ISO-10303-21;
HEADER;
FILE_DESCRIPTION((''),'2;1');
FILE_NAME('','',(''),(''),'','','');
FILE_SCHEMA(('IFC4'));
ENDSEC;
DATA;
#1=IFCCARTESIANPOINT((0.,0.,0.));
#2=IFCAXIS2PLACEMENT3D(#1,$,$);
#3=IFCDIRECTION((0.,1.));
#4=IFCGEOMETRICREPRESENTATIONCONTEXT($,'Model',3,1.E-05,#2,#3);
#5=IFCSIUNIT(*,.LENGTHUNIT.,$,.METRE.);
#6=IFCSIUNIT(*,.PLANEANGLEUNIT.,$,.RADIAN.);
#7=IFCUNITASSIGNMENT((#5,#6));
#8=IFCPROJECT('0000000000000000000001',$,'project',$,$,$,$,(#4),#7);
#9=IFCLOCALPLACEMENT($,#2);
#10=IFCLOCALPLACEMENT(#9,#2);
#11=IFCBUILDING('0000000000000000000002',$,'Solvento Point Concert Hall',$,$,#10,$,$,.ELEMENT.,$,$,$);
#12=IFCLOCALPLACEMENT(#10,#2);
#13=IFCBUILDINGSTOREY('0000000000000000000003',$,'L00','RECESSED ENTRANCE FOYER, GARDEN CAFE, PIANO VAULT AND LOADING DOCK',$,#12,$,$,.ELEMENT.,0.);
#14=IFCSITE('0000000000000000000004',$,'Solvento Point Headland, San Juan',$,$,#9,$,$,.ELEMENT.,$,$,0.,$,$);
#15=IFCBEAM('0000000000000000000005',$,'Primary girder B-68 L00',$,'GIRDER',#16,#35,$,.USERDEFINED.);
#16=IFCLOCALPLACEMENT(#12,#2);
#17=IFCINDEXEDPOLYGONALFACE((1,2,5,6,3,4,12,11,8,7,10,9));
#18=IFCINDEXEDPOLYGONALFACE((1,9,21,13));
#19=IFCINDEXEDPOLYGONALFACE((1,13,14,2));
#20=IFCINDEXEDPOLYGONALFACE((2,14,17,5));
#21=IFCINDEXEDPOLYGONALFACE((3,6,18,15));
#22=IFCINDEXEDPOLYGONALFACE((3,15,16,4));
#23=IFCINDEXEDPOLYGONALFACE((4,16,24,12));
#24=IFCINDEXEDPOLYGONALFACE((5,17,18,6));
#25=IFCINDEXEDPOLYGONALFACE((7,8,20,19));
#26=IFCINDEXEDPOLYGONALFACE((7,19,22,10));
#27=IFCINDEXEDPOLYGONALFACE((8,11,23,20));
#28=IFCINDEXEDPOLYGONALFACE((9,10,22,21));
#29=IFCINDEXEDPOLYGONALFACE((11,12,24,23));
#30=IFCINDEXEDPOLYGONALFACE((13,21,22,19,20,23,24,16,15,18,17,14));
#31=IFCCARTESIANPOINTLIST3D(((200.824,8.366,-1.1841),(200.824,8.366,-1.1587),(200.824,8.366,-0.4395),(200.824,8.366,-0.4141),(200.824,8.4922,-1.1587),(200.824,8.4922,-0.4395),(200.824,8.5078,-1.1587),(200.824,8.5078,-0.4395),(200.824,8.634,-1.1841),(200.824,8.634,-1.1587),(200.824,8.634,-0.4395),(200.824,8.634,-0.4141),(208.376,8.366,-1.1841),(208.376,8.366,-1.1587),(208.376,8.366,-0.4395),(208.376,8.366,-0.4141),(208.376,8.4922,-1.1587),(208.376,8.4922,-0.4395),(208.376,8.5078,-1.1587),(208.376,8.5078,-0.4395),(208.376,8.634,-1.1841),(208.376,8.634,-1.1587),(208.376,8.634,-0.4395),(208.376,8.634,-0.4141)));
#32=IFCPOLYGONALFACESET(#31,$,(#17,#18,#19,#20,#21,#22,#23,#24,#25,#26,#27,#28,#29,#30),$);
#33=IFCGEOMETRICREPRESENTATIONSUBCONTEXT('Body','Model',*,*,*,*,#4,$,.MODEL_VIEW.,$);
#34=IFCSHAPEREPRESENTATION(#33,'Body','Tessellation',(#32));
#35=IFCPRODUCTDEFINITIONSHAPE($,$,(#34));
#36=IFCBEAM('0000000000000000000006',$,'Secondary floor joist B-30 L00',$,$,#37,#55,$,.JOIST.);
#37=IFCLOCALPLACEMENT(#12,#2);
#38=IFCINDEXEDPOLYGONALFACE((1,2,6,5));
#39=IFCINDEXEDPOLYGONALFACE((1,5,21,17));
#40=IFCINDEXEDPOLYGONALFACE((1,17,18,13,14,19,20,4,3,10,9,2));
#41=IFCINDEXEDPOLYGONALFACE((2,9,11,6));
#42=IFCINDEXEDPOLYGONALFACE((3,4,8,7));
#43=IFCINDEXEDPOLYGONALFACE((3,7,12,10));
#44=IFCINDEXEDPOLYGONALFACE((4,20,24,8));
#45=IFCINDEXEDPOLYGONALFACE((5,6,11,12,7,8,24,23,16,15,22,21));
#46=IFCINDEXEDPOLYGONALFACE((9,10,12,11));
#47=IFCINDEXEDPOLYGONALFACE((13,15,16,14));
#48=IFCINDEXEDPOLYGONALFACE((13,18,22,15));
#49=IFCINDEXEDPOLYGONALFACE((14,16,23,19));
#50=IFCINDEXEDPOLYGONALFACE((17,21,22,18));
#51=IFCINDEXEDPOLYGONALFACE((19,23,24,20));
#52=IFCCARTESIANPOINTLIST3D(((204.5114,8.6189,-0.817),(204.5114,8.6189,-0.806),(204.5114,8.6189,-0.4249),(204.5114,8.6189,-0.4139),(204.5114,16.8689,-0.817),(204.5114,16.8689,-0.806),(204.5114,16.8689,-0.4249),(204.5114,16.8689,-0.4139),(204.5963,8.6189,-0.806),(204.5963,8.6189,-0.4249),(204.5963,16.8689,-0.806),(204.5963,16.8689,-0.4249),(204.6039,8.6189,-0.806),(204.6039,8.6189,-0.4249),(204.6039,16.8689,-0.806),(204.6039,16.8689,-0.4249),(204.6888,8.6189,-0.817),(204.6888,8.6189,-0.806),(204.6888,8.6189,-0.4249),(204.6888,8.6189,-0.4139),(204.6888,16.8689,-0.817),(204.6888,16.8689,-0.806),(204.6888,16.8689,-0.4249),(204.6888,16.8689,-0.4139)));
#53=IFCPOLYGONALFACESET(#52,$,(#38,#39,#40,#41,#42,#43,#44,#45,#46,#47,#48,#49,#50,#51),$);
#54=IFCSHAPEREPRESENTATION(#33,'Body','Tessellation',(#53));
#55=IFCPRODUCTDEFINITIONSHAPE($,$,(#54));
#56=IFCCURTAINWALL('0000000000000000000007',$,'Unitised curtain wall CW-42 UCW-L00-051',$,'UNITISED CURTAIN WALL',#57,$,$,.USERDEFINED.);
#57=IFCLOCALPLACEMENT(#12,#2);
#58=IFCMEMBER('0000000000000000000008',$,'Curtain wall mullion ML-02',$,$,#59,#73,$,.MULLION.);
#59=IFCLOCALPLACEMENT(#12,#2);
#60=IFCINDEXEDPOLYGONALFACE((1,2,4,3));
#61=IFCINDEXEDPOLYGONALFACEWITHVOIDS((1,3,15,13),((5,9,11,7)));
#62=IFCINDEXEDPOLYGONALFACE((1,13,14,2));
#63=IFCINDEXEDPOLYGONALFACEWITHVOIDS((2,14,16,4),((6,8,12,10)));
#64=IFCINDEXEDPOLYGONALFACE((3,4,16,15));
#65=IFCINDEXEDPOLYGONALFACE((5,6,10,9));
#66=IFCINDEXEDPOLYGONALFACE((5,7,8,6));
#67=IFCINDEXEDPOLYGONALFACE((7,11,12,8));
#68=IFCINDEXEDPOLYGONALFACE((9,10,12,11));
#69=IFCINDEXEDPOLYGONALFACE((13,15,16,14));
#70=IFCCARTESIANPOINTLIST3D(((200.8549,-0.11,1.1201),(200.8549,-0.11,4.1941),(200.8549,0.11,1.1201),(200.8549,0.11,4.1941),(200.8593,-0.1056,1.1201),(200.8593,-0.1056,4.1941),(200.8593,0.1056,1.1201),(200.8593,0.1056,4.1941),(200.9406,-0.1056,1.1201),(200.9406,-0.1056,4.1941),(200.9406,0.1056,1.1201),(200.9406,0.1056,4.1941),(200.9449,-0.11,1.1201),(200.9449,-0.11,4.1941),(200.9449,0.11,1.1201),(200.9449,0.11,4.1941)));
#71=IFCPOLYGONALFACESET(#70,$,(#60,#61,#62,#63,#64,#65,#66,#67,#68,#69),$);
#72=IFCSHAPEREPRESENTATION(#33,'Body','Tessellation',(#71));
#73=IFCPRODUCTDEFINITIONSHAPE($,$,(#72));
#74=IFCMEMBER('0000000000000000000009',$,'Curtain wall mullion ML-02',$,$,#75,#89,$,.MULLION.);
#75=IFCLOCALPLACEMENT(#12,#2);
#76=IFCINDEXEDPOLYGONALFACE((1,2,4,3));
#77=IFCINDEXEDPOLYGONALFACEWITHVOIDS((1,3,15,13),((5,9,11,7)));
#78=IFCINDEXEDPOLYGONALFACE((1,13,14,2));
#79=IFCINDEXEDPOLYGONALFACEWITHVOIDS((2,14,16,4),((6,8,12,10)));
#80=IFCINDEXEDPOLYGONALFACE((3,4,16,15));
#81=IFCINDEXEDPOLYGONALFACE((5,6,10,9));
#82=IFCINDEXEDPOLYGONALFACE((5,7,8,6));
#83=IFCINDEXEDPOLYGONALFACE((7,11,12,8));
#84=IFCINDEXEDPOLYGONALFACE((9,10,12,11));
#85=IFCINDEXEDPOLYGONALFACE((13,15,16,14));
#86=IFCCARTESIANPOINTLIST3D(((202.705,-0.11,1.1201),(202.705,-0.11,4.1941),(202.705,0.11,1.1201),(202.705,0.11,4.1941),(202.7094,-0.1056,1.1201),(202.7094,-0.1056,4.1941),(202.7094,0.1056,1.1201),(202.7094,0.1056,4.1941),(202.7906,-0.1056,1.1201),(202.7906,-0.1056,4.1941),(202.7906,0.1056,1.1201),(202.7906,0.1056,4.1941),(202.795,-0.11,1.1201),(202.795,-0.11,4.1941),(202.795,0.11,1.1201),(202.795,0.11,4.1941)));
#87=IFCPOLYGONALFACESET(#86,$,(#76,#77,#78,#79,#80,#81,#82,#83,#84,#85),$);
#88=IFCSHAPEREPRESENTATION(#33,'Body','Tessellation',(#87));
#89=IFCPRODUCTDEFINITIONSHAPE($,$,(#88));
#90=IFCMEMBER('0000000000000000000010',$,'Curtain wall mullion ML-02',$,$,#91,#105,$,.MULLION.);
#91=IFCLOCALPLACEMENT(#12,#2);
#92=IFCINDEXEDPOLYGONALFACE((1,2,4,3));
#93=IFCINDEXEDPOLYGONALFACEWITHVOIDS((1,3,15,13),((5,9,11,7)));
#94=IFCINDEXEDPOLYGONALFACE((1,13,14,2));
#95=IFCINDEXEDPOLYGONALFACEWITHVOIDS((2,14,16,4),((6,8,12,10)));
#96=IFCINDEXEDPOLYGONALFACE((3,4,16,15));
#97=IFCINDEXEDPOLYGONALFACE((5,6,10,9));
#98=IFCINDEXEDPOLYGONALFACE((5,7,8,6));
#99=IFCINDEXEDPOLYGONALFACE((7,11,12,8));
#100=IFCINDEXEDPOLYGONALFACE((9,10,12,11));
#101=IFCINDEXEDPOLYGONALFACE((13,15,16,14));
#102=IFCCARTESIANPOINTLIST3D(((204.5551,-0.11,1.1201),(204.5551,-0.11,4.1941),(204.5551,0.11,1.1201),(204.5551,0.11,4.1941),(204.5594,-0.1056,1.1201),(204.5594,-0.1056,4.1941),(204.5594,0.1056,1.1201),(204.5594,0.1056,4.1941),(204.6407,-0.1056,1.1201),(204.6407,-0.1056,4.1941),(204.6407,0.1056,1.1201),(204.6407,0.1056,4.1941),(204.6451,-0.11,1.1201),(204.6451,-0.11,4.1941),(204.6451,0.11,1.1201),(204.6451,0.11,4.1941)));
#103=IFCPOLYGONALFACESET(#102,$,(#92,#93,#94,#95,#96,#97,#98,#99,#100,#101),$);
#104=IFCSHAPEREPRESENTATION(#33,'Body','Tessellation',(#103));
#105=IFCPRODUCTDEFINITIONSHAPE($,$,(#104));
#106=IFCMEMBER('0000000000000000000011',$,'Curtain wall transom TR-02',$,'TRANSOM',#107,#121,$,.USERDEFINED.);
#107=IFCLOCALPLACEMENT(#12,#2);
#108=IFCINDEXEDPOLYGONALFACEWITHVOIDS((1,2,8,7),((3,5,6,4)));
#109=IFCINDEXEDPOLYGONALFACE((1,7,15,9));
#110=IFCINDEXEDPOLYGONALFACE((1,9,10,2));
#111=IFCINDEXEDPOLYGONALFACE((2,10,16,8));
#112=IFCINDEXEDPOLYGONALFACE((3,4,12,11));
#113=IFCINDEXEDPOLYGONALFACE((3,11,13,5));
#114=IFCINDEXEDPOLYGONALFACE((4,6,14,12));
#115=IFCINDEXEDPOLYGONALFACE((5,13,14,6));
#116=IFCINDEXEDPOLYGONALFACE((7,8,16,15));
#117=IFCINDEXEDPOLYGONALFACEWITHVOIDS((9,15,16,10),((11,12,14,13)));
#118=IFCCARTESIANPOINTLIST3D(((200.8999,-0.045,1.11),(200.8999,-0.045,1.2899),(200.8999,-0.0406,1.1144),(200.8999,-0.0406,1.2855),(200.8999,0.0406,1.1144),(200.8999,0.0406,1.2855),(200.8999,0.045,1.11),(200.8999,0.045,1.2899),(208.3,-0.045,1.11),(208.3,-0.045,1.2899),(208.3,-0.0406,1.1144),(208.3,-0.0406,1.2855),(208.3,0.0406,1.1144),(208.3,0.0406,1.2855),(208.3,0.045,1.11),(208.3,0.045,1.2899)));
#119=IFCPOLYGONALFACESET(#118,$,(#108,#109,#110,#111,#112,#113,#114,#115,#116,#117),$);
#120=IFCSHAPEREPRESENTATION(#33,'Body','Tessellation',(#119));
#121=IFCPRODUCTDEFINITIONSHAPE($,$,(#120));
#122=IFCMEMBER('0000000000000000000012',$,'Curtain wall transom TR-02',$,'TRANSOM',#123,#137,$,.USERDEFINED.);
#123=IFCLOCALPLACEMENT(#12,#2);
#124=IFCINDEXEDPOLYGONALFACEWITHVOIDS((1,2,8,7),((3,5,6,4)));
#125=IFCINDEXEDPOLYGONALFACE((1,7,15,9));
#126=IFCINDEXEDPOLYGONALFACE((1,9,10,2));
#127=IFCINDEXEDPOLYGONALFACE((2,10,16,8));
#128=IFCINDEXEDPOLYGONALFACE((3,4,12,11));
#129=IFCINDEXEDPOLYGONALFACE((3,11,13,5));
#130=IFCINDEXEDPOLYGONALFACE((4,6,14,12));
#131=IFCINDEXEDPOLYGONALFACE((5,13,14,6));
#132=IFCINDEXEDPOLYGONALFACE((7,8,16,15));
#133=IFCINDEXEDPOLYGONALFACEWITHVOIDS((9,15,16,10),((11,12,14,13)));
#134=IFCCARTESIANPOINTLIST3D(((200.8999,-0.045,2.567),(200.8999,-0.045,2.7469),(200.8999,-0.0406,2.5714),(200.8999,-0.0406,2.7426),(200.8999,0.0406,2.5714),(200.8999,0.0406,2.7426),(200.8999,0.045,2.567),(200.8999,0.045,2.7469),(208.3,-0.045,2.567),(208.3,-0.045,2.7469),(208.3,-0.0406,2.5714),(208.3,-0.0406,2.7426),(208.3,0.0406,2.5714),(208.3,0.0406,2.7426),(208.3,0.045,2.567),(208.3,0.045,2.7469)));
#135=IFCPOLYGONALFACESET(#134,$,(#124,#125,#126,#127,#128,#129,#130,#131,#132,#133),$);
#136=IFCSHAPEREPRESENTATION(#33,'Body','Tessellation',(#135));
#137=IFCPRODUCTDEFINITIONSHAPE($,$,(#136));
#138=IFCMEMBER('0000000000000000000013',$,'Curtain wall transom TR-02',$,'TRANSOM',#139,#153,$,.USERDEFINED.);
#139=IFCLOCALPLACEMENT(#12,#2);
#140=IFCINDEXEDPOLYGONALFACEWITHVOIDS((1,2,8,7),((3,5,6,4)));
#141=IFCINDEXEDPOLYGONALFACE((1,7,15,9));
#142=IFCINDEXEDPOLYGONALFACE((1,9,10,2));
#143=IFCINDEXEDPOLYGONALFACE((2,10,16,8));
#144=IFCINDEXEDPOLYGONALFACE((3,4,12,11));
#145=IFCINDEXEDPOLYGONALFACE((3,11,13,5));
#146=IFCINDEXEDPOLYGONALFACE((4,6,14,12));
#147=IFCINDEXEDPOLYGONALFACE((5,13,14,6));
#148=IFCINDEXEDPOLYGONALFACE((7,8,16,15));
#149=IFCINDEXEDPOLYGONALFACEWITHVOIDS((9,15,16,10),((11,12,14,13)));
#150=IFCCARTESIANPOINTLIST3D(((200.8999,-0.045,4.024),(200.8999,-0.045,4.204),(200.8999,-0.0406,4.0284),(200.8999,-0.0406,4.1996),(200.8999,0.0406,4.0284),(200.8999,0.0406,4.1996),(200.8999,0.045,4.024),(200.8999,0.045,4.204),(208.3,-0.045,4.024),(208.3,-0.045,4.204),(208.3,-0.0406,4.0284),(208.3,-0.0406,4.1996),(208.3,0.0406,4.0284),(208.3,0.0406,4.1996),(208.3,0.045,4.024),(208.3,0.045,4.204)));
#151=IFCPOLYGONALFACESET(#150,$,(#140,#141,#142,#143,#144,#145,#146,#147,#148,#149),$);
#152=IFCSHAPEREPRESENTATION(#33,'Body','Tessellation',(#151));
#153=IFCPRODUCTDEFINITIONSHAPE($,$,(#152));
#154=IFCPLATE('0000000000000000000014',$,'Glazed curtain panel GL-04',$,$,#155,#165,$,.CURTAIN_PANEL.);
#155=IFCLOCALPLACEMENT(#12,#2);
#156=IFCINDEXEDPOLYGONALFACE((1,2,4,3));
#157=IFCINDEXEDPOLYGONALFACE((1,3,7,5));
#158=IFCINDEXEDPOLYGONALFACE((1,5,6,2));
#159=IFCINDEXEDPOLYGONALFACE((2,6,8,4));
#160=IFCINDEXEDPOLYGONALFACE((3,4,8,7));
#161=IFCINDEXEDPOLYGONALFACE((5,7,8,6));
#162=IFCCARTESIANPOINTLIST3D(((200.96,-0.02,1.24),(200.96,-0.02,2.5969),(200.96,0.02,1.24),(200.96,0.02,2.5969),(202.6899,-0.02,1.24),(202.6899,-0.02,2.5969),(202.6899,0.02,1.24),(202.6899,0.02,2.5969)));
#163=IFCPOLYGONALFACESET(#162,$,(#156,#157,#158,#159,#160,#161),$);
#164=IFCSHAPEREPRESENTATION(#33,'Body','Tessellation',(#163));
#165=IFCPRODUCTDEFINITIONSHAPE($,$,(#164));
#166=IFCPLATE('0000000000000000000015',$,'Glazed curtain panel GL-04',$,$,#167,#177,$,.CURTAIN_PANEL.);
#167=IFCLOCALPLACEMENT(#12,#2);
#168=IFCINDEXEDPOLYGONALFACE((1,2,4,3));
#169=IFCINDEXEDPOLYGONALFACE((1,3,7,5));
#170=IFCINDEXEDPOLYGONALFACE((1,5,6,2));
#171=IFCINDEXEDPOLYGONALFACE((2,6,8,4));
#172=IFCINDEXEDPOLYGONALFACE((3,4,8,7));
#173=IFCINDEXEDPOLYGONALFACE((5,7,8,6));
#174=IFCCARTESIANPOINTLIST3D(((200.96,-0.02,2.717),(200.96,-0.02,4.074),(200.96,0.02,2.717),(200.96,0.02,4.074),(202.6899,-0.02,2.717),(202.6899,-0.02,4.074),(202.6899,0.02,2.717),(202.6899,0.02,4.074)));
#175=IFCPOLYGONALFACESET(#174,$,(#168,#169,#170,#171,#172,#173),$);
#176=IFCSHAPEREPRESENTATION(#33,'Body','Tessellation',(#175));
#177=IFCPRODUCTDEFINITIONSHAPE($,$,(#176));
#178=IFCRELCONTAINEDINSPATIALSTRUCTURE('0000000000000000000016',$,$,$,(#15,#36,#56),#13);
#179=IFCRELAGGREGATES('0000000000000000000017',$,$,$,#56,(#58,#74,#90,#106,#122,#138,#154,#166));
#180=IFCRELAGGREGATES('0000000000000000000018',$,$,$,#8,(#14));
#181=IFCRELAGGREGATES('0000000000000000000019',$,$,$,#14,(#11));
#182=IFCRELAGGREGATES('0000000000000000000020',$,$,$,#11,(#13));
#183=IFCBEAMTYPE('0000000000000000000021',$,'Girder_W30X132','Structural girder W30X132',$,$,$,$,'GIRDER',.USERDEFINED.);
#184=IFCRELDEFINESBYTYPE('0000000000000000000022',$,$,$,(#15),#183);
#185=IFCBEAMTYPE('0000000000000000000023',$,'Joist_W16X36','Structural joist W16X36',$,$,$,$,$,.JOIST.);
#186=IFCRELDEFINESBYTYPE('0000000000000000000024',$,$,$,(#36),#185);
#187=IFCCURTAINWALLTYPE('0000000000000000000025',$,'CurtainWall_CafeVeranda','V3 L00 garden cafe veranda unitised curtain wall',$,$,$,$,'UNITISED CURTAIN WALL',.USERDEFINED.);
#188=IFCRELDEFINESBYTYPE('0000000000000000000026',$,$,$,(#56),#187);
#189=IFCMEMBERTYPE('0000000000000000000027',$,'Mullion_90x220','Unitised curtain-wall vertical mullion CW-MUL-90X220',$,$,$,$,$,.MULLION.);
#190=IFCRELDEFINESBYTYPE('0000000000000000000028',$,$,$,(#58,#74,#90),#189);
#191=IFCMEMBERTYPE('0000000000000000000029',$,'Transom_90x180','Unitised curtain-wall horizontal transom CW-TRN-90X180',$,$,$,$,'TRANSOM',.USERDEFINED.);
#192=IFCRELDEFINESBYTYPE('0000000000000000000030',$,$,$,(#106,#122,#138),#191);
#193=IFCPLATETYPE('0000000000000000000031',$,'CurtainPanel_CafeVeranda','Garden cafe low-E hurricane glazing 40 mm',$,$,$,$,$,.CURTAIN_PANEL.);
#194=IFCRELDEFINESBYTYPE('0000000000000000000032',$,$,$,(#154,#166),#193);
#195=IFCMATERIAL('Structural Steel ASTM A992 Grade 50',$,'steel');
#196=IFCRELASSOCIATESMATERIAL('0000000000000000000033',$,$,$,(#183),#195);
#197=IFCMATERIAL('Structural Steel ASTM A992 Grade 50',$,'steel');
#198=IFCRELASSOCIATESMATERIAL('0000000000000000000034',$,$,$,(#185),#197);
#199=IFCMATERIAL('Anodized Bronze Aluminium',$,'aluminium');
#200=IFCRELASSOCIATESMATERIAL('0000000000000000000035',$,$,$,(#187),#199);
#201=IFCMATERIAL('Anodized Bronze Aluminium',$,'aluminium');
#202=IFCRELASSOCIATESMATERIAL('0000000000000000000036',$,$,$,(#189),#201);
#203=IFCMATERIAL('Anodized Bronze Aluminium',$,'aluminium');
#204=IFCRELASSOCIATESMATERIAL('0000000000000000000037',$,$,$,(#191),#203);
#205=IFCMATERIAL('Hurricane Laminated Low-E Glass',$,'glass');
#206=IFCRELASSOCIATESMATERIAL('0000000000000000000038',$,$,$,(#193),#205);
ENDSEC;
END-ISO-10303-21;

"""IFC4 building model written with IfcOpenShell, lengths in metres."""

from ifc_helpers import new_model, si_unit, direction, frame, origin, origin_2d, place, context, subcontext, project, spatial, rectangle, hollow_rectangle, i_section, extrude, material, material_profile, profile_set, type_object, element, aggregate, save


model = new_model("IFC4")

# Units and contexts
model_context = context("Model", 3, precision=1e-05, world=origin(), true_north=direction((0.0, 1.0)))
body_context = subcontext(model_context, "Body", "Model", "MODEL_VIEW")
ifc_project = project(units=[si_unit("LENGTHUNIT", "METRE"), si_unit("PLANEANGLEUNIT", "RADIAN")], contexts=[model_context])

# Site, building, storey
site_placement = place(None, origin())
site = spatial("IfcSite", under=ifc_project, at=site_placement, Name="Solvento Point Headland, San Juan", CompositionType="ELEMENT", RefElevation=0.0)
building_placement = place(site_placement, origin())
building = spatial("IfcBuilding", under=site, at=building_placement, Name="Solvento Point Concert Hall", CompositionType="ELEMENT")
storey_placement = place(building_placement, origin())
storey = spatial("IfcBuildingStorey", under=building, at=storey_placement, Name="L00", Description="RECESSED ENTRANCE FOYER, GARDEN CAFE, PIANO VAULT AND LOADING DOCK", CompositionType="ELEMENT", Elevation=0.0)

# Beams
ifc_material_1 = material(Name="Structural Steel ASTM A992 Grade 50", Category="steel")
ifc_material_profile_1 = material_profile(ifc_material_1, i_section(OverallWidth=0.2681, OverallDepth=0.77, WebThickness=0.0156, FlangeThickness=0.0254, at=origin_2d()), Name="W30X132")
ifc_profile_set_1 = profile_set([ifc_material_profile_1], Name="Structural Steel ASTM A992 Grade 50")
beam_type_1 = type_object("IfcBeamType", Name="Girder_W30X132", Description="Structural girder W30X132", ElementType="GIRDER", PredefinedType="USERDEFINED", material=ifc_profile_set_1)
beam_1_placement = place(storey_placement, frame((200.824, 8.5, -0.7991), z_axis=(1.0, 0.0, 0.0), x_axis=(0.0, 1.0, 0.0)))
element("IfcBeam", 1, at=beam_1_placement, inside=storey, type_object=beam_type_1, Name="Primary girder B-68 L00", ObjectType="GIRDER", PredefinedType="USERDEFINED", context=body_context, shape_type="SweptSolid", body=[
    extrude(i_section(OverallWidth=0.2681, OverallDepth=0.77, WebThickness=0.0156, FlangeThickness=0.0254, at=origin_2d()), origin(), (0.0, 0.0, 1.0), 7.552),
])
ifc_material_2 = material(Name="Structural Steel ASTM A992 Grade 50", Category="steel")
ifc_material_profile_2 = material_profile(ifc_material_2, i_section(OverallWidth=0.1775, OverallDepth=0.4031, WebThickness=0.0076, FlangeThickness=0.011, at=origin_2d()), Name="W16X36")
ifc_profile_set_2 = profile_set([ifc_material_profile_2], Name="Structural Steel ASTM A992 Grade 50")
beam_type_2 = type_object("IfcBeamType", Name="Joist_W16X36", Description="Structural joist W16X36", PredefinedType="JOIST", material=ifc_profile_set_2)
beam_2_placement = place(storey_placement, frame((204.6001, 8.6189, -0.6155), z_axis=(0.0, 1.0, 0.0), x_axis=(-1.0, 0.0, 0.0)))
element("IfcBeam", 2, at=beam_2_placement, inside=storey, type_object=beam_type_2, Name="Secondary floor joist B-30 L00", PredefinedType="JOIST", context=body_context, shape_type="SweptSolid", body=[
    extrude(i_section(OverallWidth=0.1775, OverallDepth=0.4031, WebThickness=0.0076, FlangeThickness=0.011, at=origin_2d()), origin(), (0.0, 0.0, 1.0), 8.25),
])

# Curtain wall, members, plates
ifc_material_3 = material(Name="Anodized Bronze Aluminium", Category="aluminium")
curtain_wall_type = type_object("IfcCurtainWallType", Name="CurtainWall_CafeVeranda", Description="V3 L00 garden cafe veranda unitised curtain wall", ElementType="UNITISED CURTAIN WALL", PredefinedType="USERDEFINED", material=ifc_material_3)
curtain_wall_placement = place(storey_placement, origin())
curtain_wall = element("IfcCurtainWall", 3, at=curtain_wall_placement, inside=storey, type_object=curtain_wall_type, Name="Unitised curtain wall CW-42 UCW-L00-051", ObjectType="UNITISED CURTAIN WALL", PredefinedType="USERDEFINED")
ifc_material_4 = material(Name="Anodized Bronze Aluminium", Category="aluminium")
ifc_material_profile_3 = material_profile(ifc_material_4, hollow_rectangle(XDim=0.0901, YDim=0.22, WallThickness=0.0044, at=origin_2d()), Name="CW-MUL-90X220")
ifc_profile_set_3 = profile_set([ifc_material_profile_3], Name="Anodized Bronze Aluminium")
member_type_1 = type_object("IfcMemberType", Name="Mullion_90x220", Description="Unitised curtain-wall vertical mullion CW-MUL-90X220", PredefinedType="MULLION", material=ifc_profile_set_3)
member_1_placement = place(storey_placement, frame((200.8999, 0.0, 1.1201), z_axis=(0.0, 0.0, 1.0), x_axis=(1.0, 0.0, 0.0)))
member_1 = element("IfcMember", 4, at=member_1_placement, type_object=member_type_1, Name="Curtain wall mullion ML-02", PredefinedType="MULLION", context=body_context, shape_type="SweptSolid", body=[
    extrude(hollow_rectangle(XDim=0.0901, YDim=0.22, WallThickness=0.0044, at=origin_2d()), origin(), (0.0, 0.0, 1.0), 3.074),
])
member_2_placement = place(storey_placement, frame((202.75, 0.0, 1.1201), z_axis=(0.0, 0.0, 1.0), x_axis=(1.0, 0.0, 0.0)))
member_2 = element("IfcMember", 5, at=member_2_placement, type_object=member_type_1, Name="Curtain wall mullion ML-02", PredefinedType="MULLION", context=body_context, shape_type="SweptSolid", body=[
    extrude(hollow_rectangle(XDim=0.0901, YDim=0.22, WallThickness=0.0044, at=origin_2d()), origin(), (0.0, 0.0, 1.0), 3.074),
])
member_3_placement = place(storey_placement, frame((204.6001, 0.0, 1.1201), z_axis=(0.0, 0.0, 1.0), x_axis=(1.0, 0.0, 0.0)))
member_3 = element("IfcMember", 6, at=member_3_placement, type_object=member_type_1, Name="Curtain wall mullion ML-02", PredefinedType="MULLION", context=body_context, shape_type="SweptSolid", body=[
    extrude(hollow_rectangle(XDim=0.0901, YDim=0.22, WallThickness=0.0044, at=origin_2d()), origin(), (0.0, 0.0, 1.0), 3.074),
])
ifc_material_5 = material(Name="Anodized Bronze Aluminium", Category="aluminium")
ifc_material_profile_4 = material_profile(ifc_material_5, hollow_rectangle(XDim=0.0901, YDim=0.1799, WallThickness=0.0044, at=origin_2d()), Name="CW-TRN-90X180")
ifc_profile_set_4 = profile_set([ifc_material_profile_4], Name="Anodized Bronze Aluminium")
member_type_2 = type_object("IfcMemberType", Name="Transom_90x180", Description="Unitised curtain-wall horizontal transom CW-TRN-90X180", ElementType="TRANSOM", PredefinedType="USERDEFINED", material=ifc_profile_set_4)
member_4_placement = place(storey_placement, frame((200.8999, 0.0, 1.2), z_axis=(1.0, 0.0, 0.0), x_axis=(0.0, 1.0, 0.0)))
member_4 = element("IfcMember", 7, at=member_4_placement, type_object=member_type_2, Name="Curtain wall transom TR-02", ObjectType="TRANSOM", PredefinedType="USERDEFINED", context=body_context, shape_type="SweptSolid", body=[
    extrude(hollow_rectangle(XDim=0.0901, YDim=0.1799, WallThickness=0.0044, at=origin_2d()), origin(), (0.0, 0.0, 1.0), 7.4001),
])
member_5_placement = place(storey_placement, frame((200.8999, 0.0, 2.657), z_axis=(1.0, 0.0, 0.0), x_axis=(0.0, 1.0, 0.0)))
member_5 = element("IfcMember", 8, at=member_5_placement, type_object=member_type_2, Name="Curtain wall transom TR-02", ObjectType="TRANSOM", PredefinedType="USERDEFINED", context=body_context, shape_type="SweptSolid", body=[
    extrude(hollow_rectangle(XDim=0.0901, YDim=0.1799, WallThickness=0.0044, at=origin_2d()), origin(), (0.0, 0.0, 1.0), 7.4001),
])
member_6_placement = place(storey_placement, frame((200.8999, 0.0, 4.114), z_axis=(1.0, 0.0, 0.0), x_axis=(0.0, 1.0, 0.0)))
member_6 = element("IfcMember", 9, at=member_6_placement, type_object=member_type_2, Name="Curtain wall transom TR-02", ObjectType="TRANSOM", PredefinedType="USERDEFINED", context=body_context, shape_type="SweptSolid", body=[
    extrude(hollow_rectangle(XDim=0.0901, YDim=0.1799, WallThickness=0.0044, at=origin_2d()), origin(), (0.0, 0.0, 1.0), 7.4001),
])
ifc_material_6 = material(Name="Hurricane Laminated Low-E Glass", Category="glass")
plate_type = type_object("IfcPlateType", Name="CurtainPanel_CafeVeranda", Description="Garden cafe low-E hurricane glazing 40 mm", PredefinedType="CURTAIN_PANEL", material=ifc_material_6)
plate_1_placement = place(storey_placement, frame((201.825, 0.0, 1.24), z_axis=(0.0, 0.0, 1.0), x_axis=(1.0, 0.0, 0.0)))
plate_1 = element("IfcPlate", 10, at=plate_1_placement, type_object=plate_type, Name="Glazed curtain panel GL-04", PredefinedType="CURTAIN_PANEL", context=body_context, shape_type="SweptSolid", body=[
    extrude(rectangle(XDim=1.73, YDim=0.04, at=origin_2d()), origin(), (0.0, 0.0, 1.0), 1.3569),
])
plate_2_placement = place(storey_placement, frame((201.825, 0.0, 2.717), z_axis=(0.0, 0.0, 1.0), x_axis=(1.0, 0.0, 0.0)))
plate_2 = element("IfcPlate", 11, at=plate_2_placement, type_object=plate_type, Name="Glazed curtain panel GL-04", PredefinedType="CURTAIN_PANEL", context=body_context, shape_type="SweptSolid", body=[
    extrude(rectangle(XDim=1.73, YDim=0.04, at=origin_2d()), origin(), (0.0, 0.0, 1.0), 1.3569),
])
aggregate(curtain_wall, [member_1, member_2, member_3, member_4, member_5, member_6, plate_1, plate_2])

save(model, "model.ifc")
